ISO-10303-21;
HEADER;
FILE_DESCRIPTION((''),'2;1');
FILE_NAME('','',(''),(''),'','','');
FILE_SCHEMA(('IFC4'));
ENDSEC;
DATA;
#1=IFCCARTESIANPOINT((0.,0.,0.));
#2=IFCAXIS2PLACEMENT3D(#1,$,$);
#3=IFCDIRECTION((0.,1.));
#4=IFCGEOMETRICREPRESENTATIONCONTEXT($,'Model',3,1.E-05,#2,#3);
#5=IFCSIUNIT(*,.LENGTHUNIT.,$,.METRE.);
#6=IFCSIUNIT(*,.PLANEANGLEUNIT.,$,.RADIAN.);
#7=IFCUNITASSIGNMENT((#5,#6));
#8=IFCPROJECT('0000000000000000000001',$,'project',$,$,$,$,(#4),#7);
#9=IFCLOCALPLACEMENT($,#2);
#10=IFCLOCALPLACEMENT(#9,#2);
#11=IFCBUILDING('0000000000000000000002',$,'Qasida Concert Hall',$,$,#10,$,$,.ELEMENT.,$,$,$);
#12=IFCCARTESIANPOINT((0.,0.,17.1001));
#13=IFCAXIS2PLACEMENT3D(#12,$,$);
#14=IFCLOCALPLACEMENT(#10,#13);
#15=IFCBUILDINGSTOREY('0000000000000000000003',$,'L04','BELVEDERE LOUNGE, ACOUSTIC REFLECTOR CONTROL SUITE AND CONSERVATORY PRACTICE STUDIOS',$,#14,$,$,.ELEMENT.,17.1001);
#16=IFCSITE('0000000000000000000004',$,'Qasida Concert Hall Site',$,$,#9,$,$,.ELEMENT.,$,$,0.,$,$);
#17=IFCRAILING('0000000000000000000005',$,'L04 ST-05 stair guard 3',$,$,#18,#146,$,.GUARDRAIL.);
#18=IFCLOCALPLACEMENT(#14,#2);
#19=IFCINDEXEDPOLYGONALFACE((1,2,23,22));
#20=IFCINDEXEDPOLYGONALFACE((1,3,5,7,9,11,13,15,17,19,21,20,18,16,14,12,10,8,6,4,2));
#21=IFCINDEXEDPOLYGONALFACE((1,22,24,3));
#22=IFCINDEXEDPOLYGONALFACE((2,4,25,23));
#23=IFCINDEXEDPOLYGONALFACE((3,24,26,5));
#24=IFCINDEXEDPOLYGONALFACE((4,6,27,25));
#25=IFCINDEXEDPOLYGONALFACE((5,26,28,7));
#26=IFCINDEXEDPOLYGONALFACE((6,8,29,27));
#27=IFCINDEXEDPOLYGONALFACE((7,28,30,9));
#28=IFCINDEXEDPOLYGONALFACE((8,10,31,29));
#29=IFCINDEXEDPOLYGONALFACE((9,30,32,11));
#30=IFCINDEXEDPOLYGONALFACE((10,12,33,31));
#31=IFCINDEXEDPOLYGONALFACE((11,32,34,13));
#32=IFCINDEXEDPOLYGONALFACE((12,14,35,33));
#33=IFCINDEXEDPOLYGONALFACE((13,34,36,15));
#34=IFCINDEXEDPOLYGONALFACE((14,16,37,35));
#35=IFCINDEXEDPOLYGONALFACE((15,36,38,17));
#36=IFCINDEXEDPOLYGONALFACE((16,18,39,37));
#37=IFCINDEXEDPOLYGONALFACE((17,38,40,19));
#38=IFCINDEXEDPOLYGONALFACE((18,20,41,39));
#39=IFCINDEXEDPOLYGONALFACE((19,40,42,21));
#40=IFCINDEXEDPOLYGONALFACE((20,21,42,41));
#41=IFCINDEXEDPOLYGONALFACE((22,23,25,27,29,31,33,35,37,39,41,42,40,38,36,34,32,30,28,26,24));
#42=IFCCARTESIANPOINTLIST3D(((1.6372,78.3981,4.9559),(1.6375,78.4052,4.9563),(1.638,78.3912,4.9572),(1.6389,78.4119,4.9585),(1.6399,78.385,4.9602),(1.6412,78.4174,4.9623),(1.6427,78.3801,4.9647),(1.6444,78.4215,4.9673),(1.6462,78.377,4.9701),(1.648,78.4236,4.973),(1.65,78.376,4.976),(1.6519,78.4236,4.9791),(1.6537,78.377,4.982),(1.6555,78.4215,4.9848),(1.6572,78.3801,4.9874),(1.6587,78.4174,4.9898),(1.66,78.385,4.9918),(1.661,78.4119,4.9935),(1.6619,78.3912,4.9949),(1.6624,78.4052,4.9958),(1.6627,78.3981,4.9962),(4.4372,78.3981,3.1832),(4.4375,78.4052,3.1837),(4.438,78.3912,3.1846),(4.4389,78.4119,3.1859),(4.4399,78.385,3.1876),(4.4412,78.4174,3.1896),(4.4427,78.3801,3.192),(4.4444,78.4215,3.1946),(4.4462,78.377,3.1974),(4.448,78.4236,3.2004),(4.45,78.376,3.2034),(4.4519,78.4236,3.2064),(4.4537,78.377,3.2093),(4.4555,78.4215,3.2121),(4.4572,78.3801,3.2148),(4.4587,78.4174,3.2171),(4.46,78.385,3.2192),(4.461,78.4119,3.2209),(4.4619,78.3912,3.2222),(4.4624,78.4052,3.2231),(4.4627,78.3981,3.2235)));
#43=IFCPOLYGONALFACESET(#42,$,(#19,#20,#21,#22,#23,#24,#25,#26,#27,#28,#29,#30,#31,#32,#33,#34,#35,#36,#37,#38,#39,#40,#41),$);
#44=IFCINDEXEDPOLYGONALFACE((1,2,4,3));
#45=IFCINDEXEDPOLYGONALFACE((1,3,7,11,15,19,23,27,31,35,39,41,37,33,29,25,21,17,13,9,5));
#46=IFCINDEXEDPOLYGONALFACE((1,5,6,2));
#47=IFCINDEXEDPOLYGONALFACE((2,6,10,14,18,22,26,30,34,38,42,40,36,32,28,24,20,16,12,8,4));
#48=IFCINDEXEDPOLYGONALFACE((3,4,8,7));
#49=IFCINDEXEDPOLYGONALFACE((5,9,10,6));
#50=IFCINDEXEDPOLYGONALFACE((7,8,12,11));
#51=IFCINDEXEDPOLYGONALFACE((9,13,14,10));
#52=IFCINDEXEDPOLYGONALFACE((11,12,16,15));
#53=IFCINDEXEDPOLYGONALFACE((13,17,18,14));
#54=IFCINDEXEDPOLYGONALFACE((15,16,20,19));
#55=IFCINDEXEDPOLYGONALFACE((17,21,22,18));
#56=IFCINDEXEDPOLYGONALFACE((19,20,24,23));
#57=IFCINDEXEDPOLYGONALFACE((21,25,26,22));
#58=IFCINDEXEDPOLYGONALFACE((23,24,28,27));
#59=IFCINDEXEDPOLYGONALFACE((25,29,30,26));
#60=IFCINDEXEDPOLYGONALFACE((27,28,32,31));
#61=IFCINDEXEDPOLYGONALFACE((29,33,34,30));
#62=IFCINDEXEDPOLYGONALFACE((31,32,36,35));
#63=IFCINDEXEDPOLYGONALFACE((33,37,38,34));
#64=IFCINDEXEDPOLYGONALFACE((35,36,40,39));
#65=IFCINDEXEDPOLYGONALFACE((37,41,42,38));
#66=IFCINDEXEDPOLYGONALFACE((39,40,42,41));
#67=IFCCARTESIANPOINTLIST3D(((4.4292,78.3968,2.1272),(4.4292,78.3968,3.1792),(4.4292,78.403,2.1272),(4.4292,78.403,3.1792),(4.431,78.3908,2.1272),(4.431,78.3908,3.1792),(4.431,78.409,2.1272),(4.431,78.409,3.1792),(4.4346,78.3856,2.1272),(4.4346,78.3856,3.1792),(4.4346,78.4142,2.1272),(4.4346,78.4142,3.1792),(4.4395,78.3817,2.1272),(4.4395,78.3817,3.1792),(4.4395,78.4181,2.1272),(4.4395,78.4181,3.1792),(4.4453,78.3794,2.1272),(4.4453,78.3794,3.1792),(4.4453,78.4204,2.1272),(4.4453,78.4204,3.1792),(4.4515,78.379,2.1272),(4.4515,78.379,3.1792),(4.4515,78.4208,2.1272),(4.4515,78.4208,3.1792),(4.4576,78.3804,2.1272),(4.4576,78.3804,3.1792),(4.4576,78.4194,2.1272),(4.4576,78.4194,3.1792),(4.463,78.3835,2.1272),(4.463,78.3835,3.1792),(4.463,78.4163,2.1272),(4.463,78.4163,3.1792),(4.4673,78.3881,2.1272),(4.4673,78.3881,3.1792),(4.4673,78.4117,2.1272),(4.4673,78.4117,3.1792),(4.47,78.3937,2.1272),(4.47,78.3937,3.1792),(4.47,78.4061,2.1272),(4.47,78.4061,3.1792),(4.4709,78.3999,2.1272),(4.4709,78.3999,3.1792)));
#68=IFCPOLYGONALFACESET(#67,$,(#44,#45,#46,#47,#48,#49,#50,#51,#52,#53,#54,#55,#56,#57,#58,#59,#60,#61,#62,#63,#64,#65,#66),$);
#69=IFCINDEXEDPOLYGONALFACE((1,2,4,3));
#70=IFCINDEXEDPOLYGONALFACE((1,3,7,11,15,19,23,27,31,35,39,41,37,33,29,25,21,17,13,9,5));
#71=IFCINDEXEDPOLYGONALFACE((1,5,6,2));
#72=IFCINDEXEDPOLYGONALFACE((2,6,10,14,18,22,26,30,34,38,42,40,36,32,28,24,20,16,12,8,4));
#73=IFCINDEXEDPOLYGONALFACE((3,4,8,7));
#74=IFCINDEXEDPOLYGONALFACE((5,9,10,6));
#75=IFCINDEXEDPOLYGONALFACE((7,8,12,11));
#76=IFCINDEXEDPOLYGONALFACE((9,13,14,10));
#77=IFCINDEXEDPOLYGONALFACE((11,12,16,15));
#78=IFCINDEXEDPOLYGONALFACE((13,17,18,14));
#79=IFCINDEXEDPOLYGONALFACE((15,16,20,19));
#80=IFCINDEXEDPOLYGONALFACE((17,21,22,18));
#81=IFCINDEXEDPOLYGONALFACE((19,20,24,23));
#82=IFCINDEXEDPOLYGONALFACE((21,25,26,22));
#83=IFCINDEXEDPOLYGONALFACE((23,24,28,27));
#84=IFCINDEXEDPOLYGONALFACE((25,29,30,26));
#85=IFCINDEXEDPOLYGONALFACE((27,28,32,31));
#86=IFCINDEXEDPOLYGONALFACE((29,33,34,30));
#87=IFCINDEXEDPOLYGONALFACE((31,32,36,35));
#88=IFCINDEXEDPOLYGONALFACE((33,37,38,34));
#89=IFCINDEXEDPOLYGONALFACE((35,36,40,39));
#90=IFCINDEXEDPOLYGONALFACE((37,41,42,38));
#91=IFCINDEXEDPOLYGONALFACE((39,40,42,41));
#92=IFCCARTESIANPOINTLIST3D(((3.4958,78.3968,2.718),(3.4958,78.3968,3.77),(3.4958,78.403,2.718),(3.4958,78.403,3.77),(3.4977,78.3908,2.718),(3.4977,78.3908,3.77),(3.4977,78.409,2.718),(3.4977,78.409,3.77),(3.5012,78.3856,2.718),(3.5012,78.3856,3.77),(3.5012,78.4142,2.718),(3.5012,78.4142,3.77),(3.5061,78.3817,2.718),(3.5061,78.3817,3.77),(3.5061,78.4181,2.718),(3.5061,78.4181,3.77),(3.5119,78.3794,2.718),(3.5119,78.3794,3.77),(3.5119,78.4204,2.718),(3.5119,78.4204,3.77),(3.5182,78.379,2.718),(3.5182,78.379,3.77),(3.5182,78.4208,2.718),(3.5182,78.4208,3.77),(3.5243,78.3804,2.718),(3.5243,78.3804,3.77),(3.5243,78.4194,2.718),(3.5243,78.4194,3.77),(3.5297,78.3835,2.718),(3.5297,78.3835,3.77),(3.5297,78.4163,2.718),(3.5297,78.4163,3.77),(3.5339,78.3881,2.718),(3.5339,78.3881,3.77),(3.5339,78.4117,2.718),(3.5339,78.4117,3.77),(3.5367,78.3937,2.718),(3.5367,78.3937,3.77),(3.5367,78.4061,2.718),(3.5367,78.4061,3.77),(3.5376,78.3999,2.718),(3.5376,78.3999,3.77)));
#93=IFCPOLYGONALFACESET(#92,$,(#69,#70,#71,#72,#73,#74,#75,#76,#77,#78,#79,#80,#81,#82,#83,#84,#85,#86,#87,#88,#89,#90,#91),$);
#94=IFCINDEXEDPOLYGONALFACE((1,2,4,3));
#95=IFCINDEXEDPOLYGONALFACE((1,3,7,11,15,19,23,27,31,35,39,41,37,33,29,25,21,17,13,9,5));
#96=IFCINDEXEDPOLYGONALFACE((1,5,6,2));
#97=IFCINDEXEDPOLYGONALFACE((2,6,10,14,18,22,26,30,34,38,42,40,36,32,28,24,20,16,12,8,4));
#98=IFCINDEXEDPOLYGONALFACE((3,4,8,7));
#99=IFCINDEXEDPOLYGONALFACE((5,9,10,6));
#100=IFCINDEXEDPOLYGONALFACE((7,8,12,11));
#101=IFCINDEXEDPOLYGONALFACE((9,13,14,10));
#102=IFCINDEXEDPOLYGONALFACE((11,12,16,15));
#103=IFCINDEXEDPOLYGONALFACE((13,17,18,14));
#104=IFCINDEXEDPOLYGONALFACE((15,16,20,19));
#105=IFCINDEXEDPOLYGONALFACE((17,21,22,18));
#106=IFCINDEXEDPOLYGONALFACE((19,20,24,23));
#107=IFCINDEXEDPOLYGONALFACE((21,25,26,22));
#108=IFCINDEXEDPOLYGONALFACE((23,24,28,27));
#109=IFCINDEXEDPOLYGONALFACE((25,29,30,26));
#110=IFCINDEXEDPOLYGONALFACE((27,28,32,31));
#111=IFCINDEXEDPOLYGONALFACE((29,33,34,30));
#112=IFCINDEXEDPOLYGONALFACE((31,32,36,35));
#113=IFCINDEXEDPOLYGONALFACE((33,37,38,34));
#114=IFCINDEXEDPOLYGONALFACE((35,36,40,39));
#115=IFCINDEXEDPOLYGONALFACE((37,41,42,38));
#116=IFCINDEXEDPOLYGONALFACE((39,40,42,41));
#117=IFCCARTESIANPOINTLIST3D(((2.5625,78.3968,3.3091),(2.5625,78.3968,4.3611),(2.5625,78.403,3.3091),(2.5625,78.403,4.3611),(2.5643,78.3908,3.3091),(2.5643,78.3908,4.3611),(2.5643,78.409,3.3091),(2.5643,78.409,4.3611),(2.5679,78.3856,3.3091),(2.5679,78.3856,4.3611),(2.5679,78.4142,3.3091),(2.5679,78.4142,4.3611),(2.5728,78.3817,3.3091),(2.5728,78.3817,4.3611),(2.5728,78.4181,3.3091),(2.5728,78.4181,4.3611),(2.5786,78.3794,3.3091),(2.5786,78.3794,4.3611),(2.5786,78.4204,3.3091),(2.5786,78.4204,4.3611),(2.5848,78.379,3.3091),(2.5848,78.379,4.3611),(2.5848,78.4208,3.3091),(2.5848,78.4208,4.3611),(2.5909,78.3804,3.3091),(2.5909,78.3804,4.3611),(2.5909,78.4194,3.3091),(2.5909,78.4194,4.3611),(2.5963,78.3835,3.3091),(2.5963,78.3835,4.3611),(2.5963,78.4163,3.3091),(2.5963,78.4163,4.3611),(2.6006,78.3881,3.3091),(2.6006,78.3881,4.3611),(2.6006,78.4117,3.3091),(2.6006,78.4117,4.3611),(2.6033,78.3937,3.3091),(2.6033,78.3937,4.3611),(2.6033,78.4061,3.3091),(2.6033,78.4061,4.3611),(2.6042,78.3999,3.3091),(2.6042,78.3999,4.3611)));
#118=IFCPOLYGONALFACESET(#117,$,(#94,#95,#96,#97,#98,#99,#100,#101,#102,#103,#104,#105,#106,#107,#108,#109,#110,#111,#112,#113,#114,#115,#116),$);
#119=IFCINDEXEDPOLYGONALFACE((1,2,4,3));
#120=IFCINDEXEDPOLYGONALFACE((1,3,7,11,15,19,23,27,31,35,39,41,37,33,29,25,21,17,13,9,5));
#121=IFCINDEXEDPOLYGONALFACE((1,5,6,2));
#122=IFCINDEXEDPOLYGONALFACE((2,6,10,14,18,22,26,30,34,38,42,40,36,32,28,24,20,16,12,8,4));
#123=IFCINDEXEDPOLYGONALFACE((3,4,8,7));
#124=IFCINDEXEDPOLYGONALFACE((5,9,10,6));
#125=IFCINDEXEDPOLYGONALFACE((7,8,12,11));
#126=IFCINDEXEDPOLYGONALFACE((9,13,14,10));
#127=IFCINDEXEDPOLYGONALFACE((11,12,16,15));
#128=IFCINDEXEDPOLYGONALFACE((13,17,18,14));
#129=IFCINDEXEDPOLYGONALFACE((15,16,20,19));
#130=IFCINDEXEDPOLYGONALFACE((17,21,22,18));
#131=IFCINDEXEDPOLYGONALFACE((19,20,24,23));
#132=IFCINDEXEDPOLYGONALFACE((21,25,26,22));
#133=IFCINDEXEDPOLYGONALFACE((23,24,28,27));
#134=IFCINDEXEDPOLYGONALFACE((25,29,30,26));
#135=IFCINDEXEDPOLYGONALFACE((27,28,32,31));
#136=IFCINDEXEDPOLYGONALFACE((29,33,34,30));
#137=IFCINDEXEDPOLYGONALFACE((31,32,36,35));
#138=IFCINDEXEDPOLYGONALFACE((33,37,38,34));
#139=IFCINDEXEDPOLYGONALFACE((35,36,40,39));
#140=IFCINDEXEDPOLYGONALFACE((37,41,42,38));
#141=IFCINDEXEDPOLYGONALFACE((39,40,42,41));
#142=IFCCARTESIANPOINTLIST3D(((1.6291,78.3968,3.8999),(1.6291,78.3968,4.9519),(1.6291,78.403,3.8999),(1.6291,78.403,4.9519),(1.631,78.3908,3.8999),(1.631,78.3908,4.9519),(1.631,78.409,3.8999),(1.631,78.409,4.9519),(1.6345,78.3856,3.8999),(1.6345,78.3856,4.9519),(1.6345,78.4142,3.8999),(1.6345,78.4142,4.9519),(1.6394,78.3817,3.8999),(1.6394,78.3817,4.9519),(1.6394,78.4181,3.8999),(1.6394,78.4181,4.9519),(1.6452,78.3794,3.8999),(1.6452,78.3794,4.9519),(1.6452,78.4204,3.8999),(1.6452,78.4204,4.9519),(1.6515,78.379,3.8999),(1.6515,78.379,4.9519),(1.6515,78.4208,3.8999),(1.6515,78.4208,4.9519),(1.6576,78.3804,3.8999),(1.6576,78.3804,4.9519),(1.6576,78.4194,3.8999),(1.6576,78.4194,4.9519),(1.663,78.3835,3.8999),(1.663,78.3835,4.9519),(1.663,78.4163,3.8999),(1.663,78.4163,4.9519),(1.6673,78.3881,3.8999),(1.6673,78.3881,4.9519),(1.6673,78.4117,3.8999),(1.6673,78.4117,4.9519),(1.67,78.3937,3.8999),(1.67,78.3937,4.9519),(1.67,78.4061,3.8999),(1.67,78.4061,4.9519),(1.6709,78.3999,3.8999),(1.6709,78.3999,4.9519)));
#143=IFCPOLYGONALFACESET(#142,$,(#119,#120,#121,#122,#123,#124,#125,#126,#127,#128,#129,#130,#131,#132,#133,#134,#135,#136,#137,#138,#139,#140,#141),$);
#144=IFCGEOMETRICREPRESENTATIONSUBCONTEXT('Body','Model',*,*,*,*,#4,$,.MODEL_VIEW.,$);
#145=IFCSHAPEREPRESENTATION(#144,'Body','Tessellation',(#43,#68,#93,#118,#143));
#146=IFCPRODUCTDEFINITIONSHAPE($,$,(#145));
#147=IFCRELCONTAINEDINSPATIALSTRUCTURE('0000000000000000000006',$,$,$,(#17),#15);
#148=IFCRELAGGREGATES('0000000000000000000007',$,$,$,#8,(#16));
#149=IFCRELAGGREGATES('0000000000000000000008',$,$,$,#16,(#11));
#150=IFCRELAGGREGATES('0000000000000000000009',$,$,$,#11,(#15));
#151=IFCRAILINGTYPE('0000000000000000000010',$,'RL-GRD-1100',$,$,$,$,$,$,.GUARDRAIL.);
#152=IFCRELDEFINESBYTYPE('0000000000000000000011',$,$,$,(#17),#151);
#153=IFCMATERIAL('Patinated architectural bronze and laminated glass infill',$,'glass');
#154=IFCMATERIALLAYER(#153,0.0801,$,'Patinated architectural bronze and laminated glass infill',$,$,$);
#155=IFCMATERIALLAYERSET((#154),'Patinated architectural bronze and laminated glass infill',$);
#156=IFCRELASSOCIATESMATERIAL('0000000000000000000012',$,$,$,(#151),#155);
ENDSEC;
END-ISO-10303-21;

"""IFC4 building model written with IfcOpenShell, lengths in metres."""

from ifc_helpers import new_model, si_unit, direction, frame, origin, origin_2d, place, context, subcontext, project, spatial, circle, extrude, material, layer, layer_set, type_object, element, save


model = new_model("IFC4")

# Units and contexts
model_context = context("Model", 3, precision=1e-05, world=origin(), true_north=direction((0.0, 1.0)))
body_context = subcontext(model_context, "Body", "Model", "MODEL_VIEW")
ifc_project = project(units=[si_unit("LENGTHUNIT", "METRE"), si_unit("PLANEANGLEUNIT", "RADIAN")], contexts=[model_context])

# Site, building, storey
site_placement = place(None, origin())
site = spatial("IfcSite", under=ifc_project, at=site_placement, Name="Qasida Concert Hall Site", CompositionType="ELEMENT", RefElevation=0.0)
building_placement = place(site_placement, origin())
building = spatial("IfcBuilding", under=site, at=building_placement, Name="Qasida Concert Hall", CompositionType="ELEMENT")
storey_placement = place(building_placement, frame((0.0, 0.0, 17.1001)))
storey = spatial("IfcBuildingStorey", under=building, at=storey_placement, Name="L04", Description="BELVEDERE LOUNGE, ACOUSTIC REFLECTOR CONTROL SUITE AND CONSERVATORY PRACTICE STUDIOS", CompositionType="ELEMENT", Elevation=17.1001)

# Railing
ifc_material_1 = material(Name="Patinated architectural bronze and laminated glass infill", Category="glass")
ifc_layer_1 = layer(ifc_material_1, 0.0801, Name="Patinated architectural bronze and laminated glass infill")
ifc_layer_set_1 = layer_set([ifc_layer_1], Name="Patinated architectural bronze and laminated glass infill")
railing_type_1 = type_object("IfcRailingType", Name="RL-GRD-1100", PredefinedType="GUARDRAIL", material=ifc_layer_set_1)
railing_1_placement = place(storey_placement, frame((4.45, 78.3999, 2.1272)))
element("IfcRailing", 1, at=railing_1_placement, inside=storey, type_object=railing_type_1, Name="L04 ST-05 stair guard 3", PredefinedType="GUARDRAIL", context=body_context, shape_type="SweptSolid", body=[
    extrude(circle(Radius=0.0239, at=origin_2d()), frame((0.0, 0.0, 1.0762), z_axis=(-0.844909, 0.0, 0.53491), x_axis=(0.0, -1.0, 0.0)), (0.0, 0.0, 1.0), 3.314),
    extrude(circle(Radius=0.021, at=origin_2d()), origin(), (0.0, 0.0, 1.0), 1.052),
    extrude(circle(Radius=0.021, at=origin_2d()), frame((-0.9333, 0.0, 0.5908)), (0.0, 0.0, 1.0), 1.052),
    extrude(circle(Radius=0.021, at=origin_2d()), frame((-1.8667, 0.0, 1.1819)), (0.0, 0.0, 1.0), 1.052),
    extrude(circle(Radius=0.021, at=origin_2d()), frame((-2.8, 0.0, 1.7727)), (0.0, 0.0, 1.0), 1.052),
])

save(model, "model.ifc")
